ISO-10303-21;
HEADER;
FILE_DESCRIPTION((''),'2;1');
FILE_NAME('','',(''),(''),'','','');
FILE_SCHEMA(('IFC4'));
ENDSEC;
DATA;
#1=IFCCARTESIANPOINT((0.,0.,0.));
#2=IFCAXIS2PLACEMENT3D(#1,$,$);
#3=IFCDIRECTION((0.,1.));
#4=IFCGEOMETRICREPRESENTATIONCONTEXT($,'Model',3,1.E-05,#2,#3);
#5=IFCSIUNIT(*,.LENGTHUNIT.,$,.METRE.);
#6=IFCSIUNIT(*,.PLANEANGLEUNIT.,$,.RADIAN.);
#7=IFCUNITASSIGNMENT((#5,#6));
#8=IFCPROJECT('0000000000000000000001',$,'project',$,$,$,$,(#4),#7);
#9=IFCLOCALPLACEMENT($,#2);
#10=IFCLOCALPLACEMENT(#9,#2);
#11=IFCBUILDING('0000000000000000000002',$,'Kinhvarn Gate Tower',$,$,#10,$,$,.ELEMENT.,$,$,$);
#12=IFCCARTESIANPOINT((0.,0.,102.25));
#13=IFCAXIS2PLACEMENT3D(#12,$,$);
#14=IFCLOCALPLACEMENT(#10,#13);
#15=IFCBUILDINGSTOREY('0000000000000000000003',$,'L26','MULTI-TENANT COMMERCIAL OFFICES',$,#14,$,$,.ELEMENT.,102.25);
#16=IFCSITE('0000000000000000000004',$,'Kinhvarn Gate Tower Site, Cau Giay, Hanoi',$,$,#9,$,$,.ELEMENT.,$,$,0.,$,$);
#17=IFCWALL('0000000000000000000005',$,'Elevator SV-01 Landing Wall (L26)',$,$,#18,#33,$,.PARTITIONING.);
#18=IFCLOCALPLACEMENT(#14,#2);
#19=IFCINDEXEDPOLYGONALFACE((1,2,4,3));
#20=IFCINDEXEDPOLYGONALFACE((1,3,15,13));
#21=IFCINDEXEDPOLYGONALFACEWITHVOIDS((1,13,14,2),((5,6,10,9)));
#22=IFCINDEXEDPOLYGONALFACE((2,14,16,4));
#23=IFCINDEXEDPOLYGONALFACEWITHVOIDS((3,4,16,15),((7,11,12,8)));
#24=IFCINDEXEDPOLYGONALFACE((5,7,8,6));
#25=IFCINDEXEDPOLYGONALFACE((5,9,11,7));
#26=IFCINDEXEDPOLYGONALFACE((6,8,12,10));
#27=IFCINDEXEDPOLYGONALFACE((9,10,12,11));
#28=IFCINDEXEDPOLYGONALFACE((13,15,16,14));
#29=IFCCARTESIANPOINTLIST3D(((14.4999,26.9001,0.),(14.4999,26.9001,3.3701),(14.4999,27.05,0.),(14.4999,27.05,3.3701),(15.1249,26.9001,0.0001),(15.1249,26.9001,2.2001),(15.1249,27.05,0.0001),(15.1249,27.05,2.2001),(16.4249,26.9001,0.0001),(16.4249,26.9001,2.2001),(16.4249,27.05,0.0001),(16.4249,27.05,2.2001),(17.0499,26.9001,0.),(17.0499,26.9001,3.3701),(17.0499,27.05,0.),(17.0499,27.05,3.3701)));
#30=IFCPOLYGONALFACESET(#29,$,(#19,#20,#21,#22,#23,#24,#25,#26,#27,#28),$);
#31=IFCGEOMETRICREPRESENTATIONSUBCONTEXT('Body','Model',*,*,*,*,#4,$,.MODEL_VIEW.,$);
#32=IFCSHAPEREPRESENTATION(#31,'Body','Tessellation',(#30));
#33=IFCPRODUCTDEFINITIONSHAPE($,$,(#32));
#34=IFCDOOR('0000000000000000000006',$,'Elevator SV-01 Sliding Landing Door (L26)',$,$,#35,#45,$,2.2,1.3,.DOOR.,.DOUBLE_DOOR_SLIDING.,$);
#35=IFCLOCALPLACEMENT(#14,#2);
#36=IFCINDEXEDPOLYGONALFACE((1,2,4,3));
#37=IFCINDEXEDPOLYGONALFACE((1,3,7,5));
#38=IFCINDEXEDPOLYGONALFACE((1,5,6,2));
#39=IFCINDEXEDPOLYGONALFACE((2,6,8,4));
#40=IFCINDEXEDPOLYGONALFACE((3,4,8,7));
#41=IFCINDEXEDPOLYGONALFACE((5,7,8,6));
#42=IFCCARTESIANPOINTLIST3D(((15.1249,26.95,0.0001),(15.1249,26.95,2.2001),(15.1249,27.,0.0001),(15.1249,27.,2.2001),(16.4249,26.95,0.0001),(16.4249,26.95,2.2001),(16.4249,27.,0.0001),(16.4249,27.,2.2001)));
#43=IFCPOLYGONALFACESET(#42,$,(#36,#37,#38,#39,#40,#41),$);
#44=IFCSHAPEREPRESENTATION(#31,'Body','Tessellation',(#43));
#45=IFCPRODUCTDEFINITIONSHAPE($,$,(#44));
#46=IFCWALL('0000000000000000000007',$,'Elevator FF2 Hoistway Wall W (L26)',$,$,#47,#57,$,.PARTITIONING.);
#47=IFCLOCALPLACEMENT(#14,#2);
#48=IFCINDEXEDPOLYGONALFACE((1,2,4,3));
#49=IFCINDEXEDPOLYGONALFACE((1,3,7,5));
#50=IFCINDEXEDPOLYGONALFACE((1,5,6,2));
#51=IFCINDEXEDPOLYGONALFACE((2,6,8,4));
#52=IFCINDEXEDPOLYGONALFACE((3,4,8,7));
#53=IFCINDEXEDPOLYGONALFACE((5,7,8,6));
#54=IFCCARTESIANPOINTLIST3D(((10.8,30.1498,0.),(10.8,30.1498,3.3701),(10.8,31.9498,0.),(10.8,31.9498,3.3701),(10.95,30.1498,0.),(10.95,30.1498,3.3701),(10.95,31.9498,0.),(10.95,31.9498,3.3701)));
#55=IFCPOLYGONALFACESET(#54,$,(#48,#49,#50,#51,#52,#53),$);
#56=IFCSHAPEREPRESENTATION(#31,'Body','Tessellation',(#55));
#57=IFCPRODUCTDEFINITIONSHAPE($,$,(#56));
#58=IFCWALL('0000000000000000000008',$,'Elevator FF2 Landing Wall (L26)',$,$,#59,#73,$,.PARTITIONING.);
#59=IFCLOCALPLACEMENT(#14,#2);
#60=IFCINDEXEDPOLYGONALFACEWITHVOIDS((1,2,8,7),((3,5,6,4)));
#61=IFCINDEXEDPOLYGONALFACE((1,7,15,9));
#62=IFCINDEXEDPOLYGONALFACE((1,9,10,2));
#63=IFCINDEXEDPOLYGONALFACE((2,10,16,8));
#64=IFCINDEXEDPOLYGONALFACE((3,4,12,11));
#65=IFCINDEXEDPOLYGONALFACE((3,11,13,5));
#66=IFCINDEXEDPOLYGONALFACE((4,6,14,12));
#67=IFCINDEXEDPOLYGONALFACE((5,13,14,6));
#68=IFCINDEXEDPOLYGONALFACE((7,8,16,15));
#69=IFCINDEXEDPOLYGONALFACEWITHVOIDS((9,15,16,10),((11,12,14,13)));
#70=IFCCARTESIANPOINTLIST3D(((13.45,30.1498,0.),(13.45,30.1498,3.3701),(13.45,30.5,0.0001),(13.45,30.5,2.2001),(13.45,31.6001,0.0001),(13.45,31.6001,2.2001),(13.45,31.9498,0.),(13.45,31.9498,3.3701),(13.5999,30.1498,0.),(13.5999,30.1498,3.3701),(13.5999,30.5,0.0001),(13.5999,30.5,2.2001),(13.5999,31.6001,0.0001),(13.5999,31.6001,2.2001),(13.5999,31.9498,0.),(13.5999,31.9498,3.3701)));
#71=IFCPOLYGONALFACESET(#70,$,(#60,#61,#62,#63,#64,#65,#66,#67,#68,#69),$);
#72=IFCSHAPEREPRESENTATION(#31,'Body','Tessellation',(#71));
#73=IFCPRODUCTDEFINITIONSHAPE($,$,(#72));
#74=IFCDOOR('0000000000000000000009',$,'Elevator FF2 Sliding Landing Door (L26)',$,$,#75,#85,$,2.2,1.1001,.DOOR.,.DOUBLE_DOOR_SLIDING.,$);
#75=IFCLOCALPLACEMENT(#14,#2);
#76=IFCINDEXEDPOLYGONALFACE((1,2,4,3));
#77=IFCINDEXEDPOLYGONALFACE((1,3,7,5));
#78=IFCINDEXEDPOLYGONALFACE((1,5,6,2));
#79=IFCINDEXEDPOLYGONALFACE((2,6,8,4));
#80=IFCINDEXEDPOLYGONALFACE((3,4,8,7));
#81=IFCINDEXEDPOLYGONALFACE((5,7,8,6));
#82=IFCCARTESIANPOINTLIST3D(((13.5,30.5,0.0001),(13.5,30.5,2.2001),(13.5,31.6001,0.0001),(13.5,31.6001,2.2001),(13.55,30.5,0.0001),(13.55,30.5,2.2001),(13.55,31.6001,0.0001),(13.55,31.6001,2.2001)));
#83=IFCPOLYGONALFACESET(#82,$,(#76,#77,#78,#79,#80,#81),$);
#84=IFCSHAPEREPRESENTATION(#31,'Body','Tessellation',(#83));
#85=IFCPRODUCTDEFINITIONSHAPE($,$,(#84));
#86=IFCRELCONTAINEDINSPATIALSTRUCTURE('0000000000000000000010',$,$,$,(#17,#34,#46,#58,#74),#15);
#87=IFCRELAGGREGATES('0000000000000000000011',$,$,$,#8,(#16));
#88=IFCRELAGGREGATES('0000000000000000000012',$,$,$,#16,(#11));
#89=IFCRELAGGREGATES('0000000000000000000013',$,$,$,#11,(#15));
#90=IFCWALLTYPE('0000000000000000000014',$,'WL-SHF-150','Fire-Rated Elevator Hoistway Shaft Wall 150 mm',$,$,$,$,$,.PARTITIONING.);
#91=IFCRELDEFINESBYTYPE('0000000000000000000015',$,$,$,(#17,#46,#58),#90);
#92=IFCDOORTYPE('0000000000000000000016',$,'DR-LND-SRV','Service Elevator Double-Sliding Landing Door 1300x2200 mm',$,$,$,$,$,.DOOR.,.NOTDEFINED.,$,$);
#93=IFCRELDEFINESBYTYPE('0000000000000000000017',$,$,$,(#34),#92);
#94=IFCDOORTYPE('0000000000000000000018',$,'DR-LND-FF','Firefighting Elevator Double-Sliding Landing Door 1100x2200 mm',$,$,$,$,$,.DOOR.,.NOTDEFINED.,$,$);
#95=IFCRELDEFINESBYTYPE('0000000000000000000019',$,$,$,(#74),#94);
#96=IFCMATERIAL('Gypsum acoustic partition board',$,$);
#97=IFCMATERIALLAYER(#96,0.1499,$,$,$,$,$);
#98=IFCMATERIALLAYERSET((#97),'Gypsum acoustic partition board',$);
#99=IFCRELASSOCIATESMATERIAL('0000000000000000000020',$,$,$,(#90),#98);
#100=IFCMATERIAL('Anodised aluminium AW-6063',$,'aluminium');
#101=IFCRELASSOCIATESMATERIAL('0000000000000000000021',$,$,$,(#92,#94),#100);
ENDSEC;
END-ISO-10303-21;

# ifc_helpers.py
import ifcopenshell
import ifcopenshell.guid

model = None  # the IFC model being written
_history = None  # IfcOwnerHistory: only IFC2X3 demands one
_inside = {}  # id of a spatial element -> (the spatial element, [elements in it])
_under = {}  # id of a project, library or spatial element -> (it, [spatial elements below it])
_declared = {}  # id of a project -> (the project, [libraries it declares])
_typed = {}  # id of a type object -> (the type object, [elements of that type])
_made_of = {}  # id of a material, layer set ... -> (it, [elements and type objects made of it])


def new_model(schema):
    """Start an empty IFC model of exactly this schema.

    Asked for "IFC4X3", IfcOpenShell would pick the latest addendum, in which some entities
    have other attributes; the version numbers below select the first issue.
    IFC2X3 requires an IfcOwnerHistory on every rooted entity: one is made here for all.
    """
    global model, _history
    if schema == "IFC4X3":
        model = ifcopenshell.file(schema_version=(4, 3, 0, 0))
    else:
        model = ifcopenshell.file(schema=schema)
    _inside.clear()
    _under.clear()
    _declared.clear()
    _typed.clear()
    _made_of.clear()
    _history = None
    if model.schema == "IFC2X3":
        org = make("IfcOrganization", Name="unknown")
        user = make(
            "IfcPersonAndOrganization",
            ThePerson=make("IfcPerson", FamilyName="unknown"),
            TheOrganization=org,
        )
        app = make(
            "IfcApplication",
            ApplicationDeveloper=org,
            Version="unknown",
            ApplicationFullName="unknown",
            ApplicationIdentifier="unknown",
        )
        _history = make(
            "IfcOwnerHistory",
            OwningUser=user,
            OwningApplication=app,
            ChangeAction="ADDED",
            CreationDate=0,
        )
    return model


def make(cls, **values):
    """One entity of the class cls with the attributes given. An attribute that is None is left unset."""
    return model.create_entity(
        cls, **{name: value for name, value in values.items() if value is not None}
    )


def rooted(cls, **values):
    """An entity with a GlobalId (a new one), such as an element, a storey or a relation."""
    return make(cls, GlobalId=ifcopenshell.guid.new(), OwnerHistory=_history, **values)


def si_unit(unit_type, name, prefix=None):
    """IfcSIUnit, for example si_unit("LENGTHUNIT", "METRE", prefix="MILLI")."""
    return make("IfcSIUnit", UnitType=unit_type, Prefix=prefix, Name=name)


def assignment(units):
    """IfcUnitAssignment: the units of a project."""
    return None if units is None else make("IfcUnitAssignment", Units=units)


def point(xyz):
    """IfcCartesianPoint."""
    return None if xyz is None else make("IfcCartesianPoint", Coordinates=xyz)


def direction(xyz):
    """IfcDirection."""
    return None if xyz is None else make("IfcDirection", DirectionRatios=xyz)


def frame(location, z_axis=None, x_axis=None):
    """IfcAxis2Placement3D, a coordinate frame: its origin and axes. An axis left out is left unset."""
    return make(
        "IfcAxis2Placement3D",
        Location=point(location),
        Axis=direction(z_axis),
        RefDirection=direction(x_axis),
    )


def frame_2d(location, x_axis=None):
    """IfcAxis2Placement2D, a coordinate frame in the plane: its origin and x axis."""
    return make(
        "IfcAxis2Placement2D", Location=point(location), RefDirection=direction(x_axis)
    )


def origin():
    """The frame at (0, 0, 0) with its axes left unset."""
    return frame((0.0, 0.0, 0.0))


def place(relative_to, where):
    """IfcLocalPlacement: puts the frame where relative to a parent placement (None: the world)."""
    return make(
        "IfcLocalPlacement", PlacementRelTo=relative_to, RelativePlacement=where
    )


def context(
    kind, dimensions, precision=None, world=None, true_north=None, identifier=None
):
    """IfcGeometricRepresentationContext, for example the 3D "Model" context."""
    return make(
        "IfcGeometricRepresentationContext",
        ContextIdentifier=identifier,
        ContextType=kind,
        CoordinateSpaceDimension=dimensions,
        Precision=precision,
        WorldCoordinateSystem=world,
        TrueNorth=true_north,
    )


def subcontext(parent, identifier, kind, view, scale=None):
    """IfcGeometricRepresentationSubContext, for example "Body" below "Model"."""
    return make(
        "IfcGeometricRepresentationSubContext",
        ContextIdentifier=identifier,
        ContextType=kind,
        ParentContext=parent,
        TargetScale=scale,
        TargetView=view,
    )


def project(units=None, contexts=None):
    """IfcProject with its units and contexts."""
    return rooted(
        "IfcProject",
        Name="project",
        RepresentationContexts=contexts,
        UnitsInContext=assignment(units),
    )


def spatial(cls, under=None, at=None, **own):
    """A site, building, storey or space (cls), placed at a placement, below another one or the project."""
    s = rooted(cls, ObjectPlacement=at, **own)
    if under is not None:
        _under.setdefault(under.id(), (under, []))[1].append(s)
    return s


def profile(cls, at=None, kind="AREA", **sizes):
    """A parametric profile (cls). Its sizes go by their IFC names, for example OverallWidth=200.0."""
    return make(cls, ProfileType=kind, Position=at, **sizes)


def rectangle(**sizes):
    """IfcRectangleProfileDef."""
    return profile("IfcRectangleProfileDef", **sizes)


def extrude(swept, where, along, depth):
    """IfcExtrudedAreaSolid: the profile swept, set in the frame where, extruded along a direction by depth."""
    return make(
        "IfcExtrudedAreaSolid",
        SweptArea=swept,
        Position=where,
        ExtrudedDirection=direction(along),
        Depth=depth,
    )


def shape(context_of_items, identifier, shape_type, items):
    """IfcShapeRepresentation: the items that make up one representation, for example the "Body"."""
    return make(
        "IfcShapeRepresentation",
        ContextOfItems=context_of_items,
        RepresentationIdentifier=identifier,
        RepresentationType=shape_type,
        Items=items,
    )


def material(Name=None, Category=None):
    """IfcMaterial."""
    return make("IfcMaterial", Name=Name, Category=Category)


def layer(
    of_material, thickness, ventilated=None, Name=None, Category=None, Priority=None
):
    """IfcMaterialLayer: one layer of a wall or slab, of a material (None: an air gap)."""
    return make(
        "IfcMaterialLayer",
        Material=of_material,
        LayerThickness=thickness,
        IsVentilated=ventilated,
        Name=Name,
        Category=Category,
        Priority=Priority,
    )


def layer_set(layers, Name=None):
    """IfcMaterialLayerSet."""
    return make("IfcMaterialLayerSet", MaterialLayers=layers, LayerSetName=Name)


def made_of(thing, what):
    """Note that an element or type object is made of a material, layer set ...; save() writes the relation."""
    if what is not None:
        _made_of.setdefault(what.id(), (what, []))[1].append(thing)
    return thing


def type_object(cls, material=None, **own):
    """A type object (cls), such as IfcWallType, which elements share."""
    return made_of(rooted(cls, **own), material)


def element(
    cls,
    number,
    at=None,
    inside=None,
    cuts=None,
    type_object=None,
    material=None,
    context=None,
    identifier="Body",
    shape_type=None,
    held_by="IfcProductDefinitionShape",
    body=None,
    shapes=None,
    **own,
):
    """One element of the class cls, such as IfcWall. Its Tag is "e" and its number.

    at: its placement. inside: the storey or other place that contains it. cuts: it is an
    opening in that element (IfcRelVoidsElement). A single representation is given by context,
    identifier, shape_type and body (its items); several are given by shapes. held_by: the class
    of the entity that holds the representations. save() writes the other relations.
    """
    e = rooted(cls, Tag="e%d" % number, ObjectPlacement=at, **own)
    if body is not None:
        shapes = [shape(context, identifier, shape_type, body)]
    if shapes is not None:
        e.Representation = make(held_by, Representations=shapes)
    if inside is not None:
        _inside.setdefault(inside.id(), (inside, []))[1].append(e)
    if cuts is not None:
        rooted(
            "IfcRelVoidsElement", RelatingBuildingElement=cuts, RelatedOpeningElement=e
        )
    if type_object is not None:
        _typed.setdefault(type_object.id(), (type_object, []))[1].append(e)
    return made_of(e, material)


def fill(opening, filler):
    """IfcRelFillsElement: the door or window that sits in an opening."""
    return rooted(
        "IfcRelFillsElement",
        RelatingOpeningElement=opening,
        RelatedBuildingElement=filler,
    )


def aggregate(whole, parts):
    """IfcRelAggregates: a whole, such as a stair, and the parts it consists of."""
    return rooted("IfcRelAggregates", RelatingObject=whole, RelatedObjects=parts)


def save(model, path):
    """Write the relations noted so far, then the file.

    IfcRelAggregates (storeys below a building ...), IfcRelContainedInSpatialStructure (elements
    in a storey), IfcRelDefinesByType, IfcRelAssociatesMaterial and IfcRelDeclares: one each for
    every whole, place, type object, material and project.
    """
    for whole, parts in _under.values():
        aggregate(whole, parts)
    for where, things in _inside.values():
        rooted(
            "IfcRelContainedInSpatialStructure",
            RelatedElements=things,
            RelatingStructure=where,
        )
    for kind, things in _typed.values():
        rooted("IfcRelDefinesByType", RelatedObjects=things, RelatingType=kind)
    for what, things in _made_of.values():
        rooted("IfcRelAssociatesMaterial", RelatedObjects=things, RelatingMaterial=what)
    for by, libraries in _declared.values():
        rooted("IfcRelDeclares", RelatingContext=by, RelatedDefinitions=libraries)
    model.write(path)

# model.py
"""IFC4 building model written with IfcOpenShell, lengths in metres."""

from ifc_helpers import new_model, si_unit, direction, frame, frame_2d, origin, place, context, subcontext, project, spatial, rectangle, extrude, material, layer, layer_set, type_object, element, fill, save


model = new_model("IFC4")

# Units and contexts
model_context = context("Model", 3, precision=1e-05, world=origin(), true_north=direction((0.0, 1.0)))
body_context = subcontext(model_context, "Body", "Model", "MODEL_VIEW")
ifc_project = project(units=[si_unit("LENGTHUNIT", "METRE"), si_unit("PLANEANGLEUNIT", "RADIAN")], contexts=[model_context])

# Site, building, storey
site_placement = place(None, origin())
site = spatial("IfcSite", under=ifc_project, at=site_placement, Name="Kinhvarn Gate Tower Site, Cau Giay, Hanoi", CompositionType="ELEMENT", RefElevation=0.0)
building_placement = place(site_placement, origin())
building = spatial("IfcBuilding", under=site, at=building_placement, Name="Kinhvarn Gate Tower", CompositionType="ELEMENT")
storey_placement = place(building_placement, frame((0.0, 0.0, 102.25)))
storey = spatial("IfcBuildingStorey", under=building, at=storey_placement, Name="L26", Description="MULTI-TENANT COMMERCIAL OFFICES", CompositionType="ELEMENT", Elevation=102.25)

# Shared definitions
ifc_material_1 = material(Name="Gypsum acoustic partition board")

# Shared definitions
ifc_layer_1 = layer(ifc_material_1, 0.1499)
ifc_layer_set_1 = layer_set([ifc_layer_1], Name="Gypsum acoustic partition board")
wall_type_1 = type_object("IfcWallType", Name="WL-SHF-150", Description="Fire-Rated Elevator Hoistway Shaft Wall 150 mm", PredefinedType="PARTITIONING", material=ifc_layer_set_1)
ifc_material_2 = material(Name="Anodised aluminium AW-6063", Category="aluminium")

# Wall, opening, door
wall_1_placement = place(storey_placement, frame((14.5, 26.9751, 0.0), z_axis=(0.0, 0.0, 1.0), x_axis=(1.0, 0.0, 0.0)))
wall_1 = element("IfcWall", 1, at=wall_1_placement, inside=storey, type_object=wall_type_1, Name="Elevator SV-01 Landing Wall (L26)", PredefinedType="PARTITIONING", context=body_context, shape_type="SweptSolid", body=[
    extrude(rectangle(XDim=2.55, YDim=0.1499, at=frame_2d((1.2749, 0.0))), origin(), (0.0, 0.0, 1.0), 3.3701),
])
opening_1_placement = place(wall_1_placement, frame((0.625, 0.0, 0.0)))
opening_1 = element("IfcOpeningElement", 2, at=opening_1_placement, cuts=wall_1, PredefinedType="OPENING", context=body_context, shape_type="SweptSolid", body=[
    extrude(rectangle(XDim=1.3, YDim=2.2, at=frame_2d((0.6499, 1.1001))), frame((0.0, 0.085, 0.0), z_axis=(0.0, -1.0, 0.0), x_axis=(1.0, 0.0, 0.0)), (0.0, 0.0, 1.0), 0.1699),
])
door_type_1 = type_object("IfcDoorType", Name="DR-LND-SRV", Description="Service Elevator Double-Sliding Landing Door 1300x2200 mm", OperationType="NOTDEFINED", PredefinedType="DOOR", material=ifc_material_2)
door_1_placement = place(opening_1_placement, origin())
door_1 = element("IfcDoor", 3, at=door_1_placement, inside=storey, type_object=door_type_1, Name="Elevator SV-01 Sliding Landing Door (L26)", OperationType="DOUBLE_DOOR_SLIDING", OverallHeight=2.2, OverallWidth=1.3, PredefinedType="DOOR", context=body_context, shape_type="SweptSolid", body=[
    extrude(rectangle(XDim=1.3, YDim=2.2, at=frame_2d((0.6499, 1.1001))), frame((0.0, 0.0249, 0.0), z_axis=(0.0, -1.0, 0.0), x_axis=(1.0, 0.0, 0.0)), (0.0, 0.0, 1.0), 0.05),
])
fill(opening_1, door_1)

# Wall
wall_2_placement = place(storey_placement, frame((10.875, 30.1499, 0.0), z_axis=(0.0, 0.0, 1.0), x_axis=(0.0, 1.0, 0.0)))
element("IfcWall", 4, at=wall_2_placement, inside=storey, type_object=wall_type_1, Name="Elevator FF2 Hoistway Wall W (L26)", PredefinedType="PARTITIONING", context=body_context, shape_type="SweptSolid", body=[
    extrude(rectangle(XDim=1.8, YDim=0.1499, at=frame_2d((0.8999, 0.0))), origin(), (0.0, 0.0, 1.0), 3.3701),
])

# Wall, opening, door
wall_3_placement = place(storey_placement, frame((13.5249, 30.1499, 0.0), z_axis=(0.0, 0.0, 1.0), x_axis=(0.0, 1.0, 0.0)))
wall_3 = element("IfcWall", 5, at=wall_3_placement, inside=storey, type_object=wall_type_1, Name="Elevator FF2 Landing Wall (L26)", PredefinedType="PARTITIONING", context=body_context, shape_type="SweptSolid", body=[
    extrude(rectangle(XDim=1.8, YDim=0.1499, at=frame_2d((0.8999, 0.0))), origin(), (0.0, 0.0, 1.0), 3.3701),
])
opening_2_placement = place(wall_3_placement, frame((0.3501, 0.0, 0.0)))
opening_2 = element("IfcOpeningElement", 6, at=opening_2_placement, cuts=wall_3, PredefinedType="OPENING", context=body_context, shape_type="SweptSolid", body=[
    extrude(rectangle(XDim=1.1001, YDim=2.2, at=frame_2d((0.55, 1.1001))), frame((0.0, 0.085, 0.0), z_axis=(0.0, -1.0, 0.0), x_axis=(1.0, 0.0, 0.0)), (0.0, 0.0, 1.0), 0.1699),
])
door_type_2 = type_object("IfcDoorType", Name="DR-LND-FF", Description="Firefighting Elevator Double-Sliding Landing Door 1100x2200 mm", OperationType="NOTDEFINED", PredefinedType="DOOR", material=ifc_material_2)
door_2_placement = place(opening_2_placement, origin())
door_2 = element("IfcDoor", 7, at=door_2_placement, inside=storey, type_object=door_type_2, Name="Elevator FF2 Sliding Landing Door (L26)", OperationType="DOUBLE_DOOR_SLIDING", OverallHeight=2.2, OverallWidth=1.1001, PredefinedType="DOOR", context=body_context, shape_type="SweptSolid", body=[
    extrude(rectangle(XDim=1.1001, YDim=2.2, at=frame_2d((0.55, 1.1001))), frame((0.0, 0.0249, 0.0), z_axis=(0.0, -1.0, 0.0), x_axis=(1.0, 0.0, 0.0)), (0.0, 0.0, 1.0), 0.05),
])
fill(opening_2, door_2)

save(model, "model.ifc")
